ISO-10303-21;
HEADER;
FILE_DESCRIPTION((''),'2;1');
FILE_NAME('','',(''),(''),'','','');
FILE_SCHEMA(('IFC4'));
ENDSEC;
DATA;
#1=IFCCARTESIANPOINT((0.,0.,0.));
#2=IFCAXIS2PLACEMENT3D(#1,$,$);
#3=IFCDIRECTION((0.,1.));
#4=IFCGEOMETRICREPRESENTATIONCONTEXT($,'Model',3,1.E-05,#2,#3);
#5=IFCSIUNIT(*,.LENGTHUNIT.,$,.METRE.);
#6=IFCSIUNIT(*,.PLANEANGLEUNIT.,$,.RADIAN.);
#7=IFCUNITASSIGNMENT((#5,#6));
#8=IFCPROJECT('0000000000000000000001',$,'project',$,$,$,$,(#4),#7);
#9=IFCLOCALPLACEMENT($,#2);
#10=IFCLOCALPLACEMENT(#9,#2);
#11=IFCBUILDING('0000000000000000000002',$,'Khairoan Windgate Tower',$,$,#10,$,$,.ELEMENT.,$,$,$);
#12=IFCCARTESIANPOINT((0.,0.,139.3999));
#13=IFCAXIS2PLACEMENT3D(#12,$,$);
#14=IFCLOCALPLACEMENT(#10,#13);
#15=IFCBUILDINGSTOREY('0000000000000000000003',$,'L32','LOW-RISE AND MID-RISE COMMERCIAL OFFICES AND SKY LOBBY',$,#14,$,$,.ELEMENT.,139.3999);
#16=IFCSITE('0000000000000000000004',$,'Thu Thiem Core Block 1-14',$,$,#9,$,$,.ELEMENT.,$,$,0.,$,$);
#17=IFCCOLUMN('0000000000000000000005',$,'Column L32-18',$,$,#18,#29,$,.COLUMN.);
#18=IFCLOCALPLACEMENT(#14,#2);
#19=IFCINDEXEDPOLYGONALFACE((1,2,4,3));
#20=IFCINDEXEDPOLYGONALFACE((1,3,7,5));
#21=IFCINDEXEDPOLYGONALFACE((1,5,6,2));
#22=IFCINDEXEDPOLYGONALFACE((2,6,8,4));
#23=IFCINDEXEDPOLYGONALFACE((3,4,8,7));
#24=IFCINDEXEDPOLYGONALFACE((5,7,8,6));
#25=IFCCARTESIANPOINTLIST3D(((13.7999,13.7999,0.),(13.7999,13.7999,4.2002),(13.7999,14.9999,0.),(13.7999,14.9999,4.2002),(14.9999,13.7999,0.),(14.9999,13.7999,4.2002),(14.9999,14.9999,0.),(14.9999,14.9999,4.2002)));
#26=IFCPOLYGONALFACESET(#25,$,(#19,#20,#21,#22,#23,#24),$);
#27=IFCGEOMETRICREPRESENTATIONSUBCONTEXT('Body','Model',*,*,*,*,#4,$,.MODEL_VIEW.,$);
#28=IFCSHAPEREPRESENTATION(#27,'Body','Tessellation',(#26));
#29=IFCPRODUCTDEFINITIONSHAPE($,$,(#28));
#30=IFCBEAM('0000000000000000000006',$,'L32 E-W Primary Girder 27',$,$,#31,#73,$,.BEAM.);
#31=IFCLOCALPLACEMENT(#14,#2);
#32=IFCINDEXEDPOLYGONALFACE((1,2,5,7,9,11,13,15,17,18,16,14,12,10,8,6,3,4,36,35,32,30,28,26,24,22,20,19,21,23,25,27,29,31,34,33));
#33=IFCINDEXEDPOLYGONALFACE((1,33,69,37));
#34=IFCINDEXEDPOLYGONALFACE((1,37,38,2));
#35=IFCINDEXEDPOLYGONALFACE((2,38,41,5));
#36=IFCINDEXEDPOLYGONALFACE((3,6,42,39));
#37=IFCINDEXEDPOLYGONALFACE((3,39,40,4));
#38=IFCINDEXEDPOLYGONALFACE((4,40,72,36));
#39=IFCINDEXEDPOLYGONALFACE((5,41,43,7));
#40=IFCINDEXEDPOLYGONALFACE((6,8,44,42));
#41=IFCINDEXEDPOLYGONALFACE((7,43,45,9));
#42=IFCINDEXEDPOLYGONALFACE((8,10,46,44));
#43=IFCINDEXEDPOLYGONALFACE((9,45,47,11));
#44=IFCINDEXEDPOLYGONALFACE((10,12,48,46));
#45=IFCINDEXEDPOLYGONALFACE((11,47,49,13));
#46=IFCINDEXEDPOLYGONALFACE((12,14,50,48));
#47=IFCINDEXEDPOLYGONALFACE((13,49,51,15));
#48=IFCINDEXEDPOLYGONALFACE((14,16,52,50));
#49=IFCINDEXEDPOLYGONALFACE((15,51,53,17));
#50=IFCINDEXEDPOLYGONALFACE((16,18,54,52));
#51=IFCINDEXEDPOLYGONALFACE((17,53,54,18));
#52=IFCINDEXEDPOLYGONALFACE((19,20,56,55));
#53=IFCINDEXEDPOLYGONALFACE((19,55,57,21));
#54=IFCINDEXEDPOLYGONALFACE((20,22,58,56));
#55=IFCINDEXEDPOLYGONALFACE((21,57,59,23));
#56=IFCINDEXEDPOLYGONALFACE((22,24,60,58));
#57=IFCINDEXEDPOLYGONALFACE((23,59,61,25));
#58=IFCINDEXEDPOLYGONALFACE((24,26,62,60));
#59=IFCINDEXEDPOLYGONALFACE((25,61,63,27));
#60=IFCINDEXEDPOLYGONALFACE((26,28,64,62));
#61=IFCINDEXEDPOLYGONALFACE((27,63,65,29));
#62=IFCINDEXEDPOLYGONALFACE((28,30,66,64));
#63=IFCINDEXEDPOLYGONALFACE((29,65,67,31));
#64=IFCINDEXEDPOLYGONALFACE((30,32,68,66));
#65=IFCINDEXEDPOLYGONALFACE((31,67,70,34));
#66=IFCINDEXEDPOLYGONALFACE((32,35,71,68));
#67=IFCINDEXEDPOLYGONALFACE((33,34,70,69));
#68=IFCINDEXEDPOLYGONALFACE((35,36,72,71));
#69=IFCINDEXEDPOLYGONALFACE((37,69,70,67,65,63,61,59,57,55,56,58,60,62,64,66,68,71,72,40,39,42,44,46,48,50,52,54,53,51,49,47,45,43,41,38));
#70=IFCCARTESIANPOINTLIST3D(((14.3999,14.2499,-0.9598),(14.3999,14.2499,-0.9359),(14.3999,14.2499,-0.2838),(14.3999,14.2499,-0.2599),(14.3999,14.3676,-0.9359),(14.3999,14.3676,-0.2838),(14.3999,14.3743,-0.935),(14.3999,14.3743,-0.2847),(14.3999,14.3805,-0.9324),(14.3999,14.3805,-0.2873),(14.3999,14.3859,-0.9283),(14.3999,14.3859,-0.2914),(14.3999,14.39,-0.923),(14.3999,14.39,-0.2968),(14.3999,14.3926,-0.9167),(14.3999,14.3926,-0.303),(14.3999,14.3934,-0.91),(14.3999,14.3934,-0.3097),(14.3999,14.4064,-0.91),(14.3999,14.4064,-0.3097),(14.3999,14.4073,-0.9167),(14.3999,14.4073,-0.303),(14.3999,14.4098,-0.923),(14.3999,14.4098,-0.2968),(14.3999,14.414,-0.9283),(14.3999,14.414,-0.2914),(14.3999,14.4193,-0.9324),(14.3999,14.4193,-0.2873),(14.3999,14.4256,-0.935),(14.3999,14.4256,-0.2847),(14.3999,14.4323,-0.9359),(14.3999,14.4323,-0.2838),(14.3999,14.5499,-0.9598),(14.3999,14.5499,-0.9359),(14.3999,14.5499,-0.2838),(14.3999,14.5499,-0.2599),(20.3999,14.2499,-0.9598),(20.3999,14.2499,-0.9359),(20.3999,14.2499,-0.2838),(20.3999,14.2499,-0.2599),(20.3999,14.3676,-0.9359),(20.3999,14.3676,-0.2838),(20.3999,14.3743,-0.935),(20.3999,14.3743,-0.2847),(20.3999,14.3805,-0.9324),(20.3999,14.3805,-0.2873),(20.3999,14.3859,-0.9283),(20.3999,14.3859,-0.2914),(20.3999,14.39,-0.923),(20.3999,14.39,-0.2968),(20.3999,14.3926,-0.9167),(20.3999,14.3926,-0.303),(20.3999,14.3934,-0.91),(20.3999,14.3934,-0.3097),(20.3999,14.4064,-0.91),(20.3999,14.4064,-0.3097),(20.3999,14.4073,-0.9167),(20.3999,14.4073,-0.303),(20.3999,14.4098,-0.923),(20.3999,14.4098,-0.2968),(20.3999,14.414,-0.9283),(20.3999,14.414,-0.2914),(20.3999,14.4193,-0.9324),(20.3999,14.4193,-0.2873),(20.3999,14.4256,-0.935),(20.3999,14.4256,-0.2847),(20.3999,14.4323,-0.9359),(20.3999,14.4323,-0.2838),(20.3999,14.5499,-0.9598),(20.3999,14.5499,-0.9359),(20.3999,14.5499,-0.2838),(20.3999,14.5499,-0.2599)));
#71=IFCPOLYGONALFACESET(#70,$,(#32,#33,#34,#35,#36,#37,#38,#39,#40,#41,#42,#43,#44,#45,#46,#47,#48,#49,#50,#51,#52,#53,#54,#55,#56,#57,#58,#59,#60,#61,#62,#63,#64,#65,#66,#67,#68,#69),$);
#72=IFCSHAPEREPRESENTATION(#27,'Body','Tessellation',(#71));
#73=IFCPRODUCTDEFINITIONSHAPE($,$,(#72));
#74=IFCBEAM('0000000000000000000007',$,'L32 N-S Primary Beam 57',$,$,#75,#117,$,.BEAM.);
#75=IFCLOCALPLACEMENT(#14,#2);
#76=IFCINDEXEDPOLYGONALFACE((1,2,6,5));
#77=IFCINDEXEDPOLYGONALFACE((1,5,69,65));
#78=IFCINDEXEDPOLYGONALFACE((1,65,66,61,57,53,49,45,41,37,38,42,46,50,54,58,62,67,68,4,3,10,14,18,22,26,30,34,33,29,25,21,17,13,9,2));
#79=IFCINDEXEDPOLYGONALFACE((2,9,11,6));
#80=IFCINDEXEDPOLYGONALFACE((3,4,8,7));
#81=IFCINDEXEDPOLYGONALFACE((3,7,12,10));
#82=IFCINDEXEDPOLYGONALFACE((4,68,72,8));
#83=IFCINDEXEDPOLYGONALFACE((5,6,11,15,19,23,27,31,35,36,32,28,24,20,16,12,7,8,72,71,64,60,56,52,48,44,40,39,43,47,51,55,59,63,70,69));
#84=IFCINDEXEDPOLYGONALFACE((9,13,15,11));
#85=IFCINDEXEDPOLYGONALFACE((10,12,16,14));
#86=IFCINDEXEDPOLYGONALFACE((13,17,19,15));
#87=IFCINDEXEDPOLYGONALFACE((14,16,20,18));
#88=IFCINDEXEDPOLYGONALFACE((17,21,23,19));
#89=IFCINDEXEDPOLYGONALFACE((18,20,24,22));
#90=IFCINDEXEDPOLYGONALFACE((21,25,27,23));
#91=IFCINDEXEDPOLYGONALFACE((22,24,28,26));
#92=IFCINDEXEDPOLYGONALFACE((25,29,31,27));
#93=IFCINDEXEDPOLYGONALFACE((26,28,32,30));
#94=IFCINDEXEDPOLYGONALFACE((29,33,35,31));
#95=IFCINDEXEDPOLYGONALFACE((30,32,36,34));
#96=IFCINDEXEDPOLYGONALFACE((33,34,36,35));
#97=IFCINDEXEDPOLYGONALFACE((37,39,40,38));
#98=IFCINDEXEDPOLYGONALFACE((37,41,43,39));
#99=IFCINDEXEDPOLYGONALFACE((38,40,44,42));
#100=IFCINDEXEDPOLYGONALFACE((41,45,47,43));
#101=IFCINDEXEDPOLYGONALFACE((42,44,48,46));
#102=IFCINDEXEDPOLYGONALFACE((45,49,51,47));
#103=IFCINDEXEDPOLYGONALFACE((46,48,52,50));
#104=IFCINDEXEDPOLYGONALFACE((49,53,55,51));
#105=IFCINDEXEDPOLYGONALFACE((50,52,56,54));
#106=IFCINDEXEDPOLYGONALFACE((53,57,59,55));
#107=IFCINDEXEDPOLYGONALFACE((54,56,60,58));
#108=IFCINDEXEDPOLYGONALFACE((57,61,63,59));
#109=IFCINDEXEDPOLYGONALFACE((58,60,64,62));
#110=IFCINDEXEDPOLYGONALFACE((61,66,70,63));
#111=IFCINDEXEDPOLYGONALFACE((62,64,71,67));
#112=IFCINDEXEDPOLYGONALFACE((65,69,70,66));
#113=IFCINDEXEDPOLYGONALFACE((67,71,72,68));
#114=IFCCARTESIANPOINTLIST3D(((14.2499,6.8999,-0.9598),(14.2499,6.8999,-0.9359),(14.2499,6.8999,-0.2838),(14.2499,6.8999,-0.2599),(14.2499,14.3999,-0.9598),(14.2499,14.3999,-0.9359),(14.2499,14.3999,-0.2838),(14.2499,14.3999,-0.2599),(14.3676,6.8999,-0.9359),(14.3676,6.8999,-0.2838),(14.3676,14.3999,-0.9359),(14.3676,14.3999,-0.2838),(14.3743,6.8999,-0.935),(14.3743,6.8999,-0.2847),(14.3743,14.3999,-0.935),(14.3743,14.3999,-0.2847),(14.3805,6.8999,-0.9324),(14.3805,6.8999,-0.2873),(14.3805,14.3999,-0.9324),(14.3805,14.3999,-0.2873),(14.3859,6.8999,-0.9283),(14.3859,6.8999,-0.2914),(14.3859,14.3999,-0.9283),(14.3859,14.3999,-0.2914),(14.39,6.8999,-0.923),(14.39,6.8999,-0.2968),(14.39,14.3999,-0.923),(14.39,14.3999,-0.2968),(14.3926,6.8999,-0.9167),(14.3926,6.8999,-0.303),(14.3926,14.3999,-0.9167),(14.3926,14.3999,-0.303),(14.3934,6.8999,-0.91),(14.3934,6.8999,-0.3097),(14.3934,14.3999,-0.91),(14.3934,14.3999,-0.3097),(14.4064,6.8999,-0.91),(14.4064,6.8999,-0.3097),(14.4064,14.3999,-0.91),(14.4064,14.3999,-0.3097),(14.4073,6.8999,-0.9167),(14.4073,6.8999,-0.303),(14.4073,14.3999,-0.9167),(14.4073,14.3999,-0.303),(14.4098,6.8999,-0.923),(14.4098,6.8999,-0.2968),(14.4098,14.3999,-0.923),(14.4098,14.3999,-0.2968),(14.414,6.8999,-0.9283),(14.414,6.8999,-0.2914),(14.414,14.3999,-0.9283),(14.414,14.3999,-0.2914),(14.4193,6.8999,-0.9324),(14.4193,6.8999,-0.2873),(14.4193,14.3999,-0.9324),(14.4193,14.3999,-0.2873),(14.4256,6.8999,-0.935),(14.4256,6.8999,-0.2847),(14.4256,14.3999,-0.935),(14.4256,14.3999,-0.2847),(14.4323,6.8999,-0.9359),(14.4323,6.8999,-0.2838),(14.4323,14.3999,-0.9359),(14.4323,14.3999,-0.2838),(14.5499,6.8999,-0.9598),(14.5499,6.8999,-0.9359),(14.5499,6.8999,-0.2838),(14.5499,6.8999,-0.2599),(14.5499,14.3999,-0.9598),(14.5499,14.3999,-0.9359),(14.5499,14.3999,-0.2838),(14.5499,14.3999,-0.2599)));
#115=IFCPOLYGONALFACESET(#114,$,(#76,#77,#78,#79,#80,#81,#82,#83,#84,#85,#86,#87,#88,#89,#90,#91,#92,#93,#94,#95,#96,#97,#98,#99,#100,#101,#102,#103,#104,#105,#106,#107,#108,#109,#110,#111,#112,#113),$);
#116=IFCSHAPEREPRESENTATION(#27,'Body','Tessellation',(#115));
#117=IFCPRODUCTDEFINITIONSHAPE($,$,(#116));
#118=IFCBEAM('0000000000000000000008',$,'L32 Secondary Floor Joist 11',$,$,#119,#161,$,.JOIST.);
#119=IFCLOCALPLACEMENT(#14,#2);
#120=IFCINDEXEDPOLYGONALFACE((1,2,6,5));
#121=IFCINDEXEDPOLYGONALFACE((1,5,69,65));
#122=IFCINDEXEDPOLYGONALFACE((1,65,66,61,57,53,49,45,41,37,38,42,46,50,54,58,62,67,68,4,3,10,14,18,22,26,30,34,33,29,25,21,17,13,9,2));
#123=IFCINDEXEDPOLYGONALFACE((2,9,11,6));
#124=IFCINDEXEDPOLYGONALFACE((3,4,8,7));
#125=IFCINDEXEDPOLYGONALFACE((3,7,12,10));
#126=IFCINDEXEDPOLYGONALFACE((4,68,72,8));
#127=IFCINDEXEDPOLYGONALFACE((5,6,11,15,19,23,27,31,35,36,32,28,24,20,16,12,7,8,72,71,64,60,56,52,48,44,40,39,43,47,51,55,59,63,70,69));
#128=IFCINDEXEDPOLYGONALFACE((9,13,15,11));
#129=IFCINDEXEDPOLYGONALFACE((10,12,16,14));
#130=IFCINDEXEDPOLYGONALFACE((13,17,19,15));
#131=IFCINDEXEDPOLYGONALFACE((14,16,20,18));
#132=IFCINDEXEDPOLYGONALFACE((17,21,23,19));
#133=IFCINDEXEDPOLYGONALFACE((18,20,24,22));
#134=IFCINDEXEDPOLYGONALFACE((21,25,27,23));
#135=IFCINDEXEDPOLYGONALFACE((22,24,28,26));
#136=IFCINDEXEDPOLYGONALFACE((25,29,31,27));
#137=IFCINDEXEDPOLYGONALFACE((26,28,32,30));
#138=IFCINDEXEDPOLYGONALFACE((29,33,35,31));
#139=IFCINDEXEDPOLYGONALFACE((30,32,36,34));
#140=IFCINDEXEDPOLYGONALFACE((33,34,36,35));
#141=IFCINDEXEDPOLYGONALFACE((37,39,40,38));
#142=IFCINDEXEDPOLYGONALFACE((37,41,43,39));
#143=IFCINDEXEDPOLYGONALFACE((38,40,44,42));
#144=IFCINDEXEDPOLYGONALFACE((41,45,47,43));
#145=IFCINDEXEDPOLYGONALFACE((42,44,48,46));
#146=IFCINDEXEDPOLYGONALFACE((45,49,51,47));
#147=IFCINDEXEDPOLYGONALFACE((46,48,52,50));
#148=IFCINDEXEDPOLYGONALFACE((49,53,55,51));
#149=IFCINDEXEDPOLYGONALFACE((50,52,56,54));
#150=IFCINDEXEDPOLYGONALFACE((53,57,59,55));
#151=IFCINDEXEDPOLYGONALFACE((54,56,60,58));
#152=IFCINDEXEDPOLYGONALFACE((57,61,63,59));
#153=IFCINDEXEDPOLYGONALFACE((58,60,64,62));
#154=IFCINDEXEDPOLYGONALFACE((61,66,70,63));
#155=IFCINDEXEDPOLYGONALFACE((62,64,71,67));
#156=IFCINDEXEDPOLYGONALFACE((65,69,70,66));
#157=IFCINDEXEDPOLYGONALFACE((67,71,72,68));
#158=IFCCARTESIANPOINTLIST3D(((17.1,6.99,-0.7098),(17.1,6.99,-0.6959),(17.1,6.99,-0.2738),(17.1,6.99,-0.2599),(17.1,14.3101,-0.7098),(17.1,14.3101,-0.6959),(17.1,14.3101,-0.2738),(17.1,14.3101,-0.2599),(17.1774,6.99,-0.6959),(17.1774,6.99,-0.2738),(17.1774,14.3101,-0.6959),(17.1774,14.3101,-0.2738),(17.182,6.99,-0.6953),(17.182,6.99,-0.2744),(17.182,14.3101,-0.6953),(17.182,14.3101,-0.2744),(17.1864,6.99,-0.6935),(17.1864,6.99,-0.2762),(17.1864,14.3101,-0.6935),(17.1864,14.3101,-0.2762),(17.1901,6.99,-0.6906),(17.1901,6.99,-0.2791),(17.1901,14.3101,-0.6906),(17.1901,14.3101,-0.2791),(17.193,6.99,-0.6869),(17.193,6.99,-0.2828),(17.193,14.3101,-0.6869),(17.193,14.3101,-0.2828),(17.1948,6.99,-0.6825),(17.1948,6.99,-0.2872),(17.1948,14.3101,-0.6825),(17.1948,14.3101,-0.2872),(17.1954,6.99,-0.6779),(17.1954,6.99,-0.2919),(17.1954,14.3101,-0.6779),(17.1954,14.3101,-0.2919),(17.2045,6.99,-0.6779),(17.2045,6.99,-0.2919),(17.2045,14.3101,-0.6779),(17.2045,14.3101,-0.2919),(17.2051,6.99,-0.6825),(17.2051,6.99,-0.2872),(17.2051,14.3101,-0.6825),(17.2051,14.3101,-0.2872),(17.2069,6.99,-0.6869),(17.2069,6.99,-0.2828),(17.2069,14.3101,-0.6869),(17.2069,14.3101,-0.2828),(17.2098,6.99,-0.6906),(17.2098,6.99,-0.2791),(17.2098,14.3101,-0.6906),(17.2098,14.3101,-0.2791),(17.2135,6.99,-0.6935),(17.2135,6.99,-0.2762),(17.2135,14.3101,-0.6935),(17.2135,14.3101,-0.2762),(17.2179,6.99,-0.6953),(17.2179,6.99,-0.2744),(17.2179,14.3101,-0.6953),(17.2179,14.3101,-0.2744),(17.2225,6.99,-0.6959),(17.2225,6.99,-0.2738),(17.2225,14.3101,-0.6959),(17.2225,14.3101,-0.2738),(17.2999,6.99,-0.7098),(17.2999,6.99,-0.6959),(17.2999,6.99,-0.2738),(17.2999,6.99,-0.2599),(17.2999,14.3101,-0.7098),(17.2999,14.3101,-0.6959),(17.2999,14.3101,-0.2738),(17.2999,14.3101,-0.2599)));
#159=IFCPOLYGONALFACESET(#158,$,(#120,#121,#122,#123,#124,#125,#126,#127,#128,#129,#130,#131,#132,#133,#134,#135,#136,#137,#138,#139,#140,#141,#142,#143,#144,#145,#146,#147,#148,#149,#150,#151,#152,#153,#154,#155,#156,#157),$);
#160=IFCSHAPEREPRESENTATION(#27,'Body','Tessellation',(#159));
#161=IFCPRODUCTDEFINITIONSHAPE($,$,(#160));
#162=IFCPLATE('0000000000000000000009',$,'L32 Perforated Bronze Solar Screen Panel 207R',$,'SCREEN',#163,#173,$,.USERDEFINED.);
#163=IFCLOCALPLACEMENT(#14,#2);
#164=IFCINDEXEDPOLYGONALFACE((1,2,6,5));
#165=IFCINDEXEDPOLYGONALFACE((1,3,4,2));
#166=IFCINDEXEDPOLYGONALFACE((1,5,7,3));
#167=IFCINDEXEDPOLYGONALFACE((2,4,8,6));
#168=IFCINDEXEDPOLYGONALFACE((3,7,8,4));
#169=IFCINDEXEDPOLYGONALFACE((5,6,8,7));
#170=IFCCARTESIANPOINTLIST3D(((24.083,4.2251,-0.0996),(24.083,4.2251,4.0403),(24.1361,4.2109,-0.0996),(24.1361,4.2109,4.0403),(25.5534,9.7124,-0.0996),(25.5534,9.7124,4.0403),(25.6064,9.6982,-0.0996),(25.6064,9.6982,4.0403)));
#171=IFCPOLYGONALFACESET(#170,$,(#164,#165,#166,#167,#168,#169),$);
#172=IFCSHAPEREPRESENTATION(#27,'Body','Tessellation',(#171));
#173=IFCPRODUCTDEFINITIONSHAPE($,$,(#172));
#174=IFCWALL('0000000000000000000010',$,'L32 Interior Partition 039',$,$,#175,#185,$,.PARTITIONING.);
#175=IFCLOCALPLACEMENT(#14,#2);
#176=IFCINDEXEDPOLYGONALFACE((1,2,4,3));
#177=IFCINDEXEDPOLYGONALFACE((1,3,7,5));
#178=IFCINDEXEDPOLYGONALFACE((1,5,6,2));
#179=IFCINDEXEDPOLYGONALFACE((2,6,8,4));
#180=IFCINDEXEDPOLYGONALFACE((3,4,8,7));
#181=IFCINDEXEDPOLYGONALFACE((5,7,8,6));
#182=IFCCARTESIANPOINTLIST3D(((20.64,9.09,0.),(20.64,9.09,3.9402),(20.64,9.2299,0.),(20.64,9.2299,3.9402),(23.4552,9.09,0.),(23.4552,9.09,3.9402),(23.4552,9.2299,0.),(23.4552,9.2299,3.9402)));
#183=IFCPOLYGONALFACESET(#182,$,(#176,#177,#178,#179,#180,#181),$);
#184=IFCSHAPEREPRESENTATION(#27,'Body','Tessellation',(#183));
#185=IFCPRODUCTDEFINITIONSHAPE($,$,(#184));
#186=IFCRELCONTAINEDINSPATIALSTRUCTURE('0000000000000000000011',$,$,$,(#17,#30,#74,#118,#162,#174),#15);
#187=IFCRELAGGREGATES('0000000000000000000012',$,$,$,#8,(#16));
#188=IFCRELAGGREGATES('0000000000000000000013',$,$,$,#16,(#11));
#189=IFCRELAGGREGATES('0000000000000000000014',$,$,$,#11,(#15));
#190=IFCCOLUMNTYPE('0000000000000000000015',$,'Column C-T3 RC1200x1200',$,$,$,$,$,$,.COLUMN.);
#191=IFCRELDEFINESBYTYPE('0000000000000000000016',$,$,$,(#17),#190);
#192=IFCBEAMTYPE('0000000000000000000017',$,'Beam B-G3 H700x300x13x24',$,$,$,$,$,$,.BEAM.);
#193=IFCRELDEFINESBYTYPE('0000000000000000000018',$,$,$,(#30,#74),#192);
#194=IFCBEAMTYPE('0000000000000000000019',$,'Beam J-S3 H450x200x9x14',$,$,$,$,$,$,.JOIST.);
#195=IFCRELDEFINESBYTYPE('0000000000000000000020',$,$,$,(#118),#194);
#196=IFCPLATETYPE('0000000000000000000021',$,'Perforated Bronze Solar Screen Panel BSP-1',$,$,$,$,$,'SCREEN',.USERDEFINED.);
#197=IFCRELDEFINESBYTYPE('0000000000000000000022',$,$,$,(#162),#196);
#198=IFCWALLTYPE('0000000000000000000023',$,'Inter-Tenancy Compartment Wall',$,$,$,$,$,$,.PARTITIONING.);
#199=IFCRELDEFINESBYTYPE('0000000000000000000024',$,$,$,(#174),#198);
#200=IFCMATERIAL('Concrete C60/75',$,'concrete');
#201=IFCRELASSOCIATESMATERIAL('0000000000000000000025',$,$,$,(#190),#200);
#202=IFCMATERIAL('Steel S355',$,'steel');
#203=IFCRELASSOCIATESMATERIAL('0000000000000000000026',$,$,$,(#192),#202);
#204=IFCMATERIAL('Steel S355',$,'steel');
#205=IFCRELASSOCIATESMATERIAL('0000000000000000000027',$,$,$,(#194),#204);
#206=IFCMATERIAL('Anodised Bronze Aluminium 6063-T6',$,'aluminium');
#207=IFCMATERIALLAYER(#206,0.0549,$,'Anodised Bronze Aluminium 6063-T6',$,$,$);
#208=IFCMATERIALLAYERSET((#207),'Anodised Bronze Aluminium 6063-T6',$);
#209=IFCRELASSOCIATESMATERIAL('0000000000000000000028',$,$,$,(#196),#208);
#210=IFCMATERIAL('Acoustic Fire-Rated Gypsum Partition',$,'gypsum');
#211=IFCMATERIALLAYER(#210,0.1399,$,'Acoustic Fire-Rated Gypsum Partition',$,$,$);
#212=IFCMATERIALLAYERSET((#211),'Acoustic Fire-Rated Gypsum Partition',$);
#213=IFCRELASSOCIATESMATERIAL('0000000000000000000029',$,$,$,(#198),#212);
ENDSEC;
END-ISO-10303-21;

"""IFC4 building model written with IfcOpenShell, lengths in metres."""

from ifc_helpers import new_model, si_unit, direction, frame, frame_2d, origin, origin_2d, place, context, subcontext, project, spatial, rectangle, i_section, extrude, material, layer, layer_set, material_profile, profile_set, type_object, element, save


model = new_model("IFC4")

# Units and contexts
model_context = context("Model", 3, precision=1e-05, world=origin(), true_north=direction((0.0, 1.0)))
body_context = subcontext(model_context, "Body", "Model", "MODEL_VIEW")
ifc_project = project(units=[si_unit("LENGTHUNIT", "METRE"), si_unit("PLANEANGLEUNIT", "RADIAN")], contexts=[model_context])

# Site, building, storey
site_placement = place(None, origin())
site = spatial("IfcSite", under=ifc_project, at=site_placement, Name="Thu Thiem Core Block 1-14", CompositionType="ELEMENT", RefElevation=0.0)
building_placement = place(site_placement, origin())
building = spatial("IfcBuilding", under=site, at=building_placement, Name="Khairoan Windgate Tower", CompositionType="ELEMENT")
storey_placement = place(building_placement, frame((0.0, 0.0, 139.3999)))
storey = spatial("IfcBuildingStorey", under=building, at=storey_placement, Name="L32", Description="LOW-RISE AND MID-RISE COMMERCIAL OFFICES AND SKY LOBBY", CompositionType="ELEMENT", Elevation=139.3999)

# Column
ifc_material_1 = material(Name="Concrete C60/75", Category="concrete")
ifc_material_profile_1 = material_profile(ifc_material_1, rectangle(XDim=1.2, YDim=1.2, at=origin_2d()))
ifc_profile_set_1 = profile_set([ifc_material_profile_1], Name="Concrete C60/75")
column_type = type_object("IfcColumnType", Name="Column C-T3 RC1200x1200", PredefinedType="COLUMN", material=ifc_profile_set_1)
column_placement = place(storey_placement, frame((14.3999, 14.3999, 0.0), z_axis=(0.0, 0.0, 1.0), x_axis=(1.0, 0.0, 0.0)))
element("IfcColumn", 1, at=column_placement, inside=storey, type_object=column_type, Name="Column L32-18", PredefinedType="COLUMN", context=body_context, shape_type="SweptSolid", body=[
    extrude(rectangle(XDim=1.2, YDim=1.2, at=origin_2d()), origin(), (0.0, 0.0, 1.0), 4.2002),
])

# Beams
ifc_material_2 = material(Name="Steel S355", Category="steel")
ifc_material_profile_2 = material_profile(ifc_material_2, i_section(OverallWidth=0.3, OverallDepth=0.7, WebThickness=0.0129, FlangeThickness=0.0239, FilletRadius=0.0259, at=origin_2d()))
ifc_profile_set_2 = profile_set([ifc_material_profile_2], Name="Steel S355")
beam_type_1 = type_object("IfcBeamType", Name="Beam B-G3 H700x300x13x24", PredefinedType="BEAM", material=ifc_profile_set_2)
beam_1_placement = place(storey_placement, frame((14.3999, 14.3999, -0.6099), z_axis=(1.0, 0.0, 0.0), x_axis=(0.0, 1.0, 0.0)))
element("IfcBeam", 2, at=beam_1_placement, inside=storey, type_object=beam_type_1, Name="L32 E-W Primary Girder 27", PredefinedType="BEAM", context=body_context, shape_type="SweptSolid", body=[
    extrude(i_section(OverallWidth=0.3, OverallDepth=0.7, WebThickness=0.0129, FlangeThickness=0.0239, FilletRadius=0.0259, at=origin_2d()), origin(), (0.0, 0.0, 1.0), 6.0),
])
beam_2_placement = place(storey_placement, frame((14.3999, 6.8999, -0.6099), z_axis=(0.0, 1.0, 0.0), x_axis=(-1.0, 0.0, 0.0)))
element("IfcBeam", 3, at=beam_2_placement, inside=storey, type_object=beam_type_1, Name="L32 N-S Primary Beam 57", PredefinedType="BEAM", context=body_context, shape_type="SweptSolid", body=[
    extrude(i_section(OverallWidth=0.3, OverallDepth=0.7, WebThickness=0.0129, FlangeThickness=0.0239, FilletRadius=0.0259, at=origin_2d()), origin(), (0.0, 0.0, 1.0), 7.5),
])
ifc_material_3 = material(Name="Steel S355", Category="steel")
ifc_material_profile_3 = material_profile(ifc_material_3, i_section(OverallWidth=0.2, OverallDepth=0.45, WebThickness=0.009, FlangeThickness=0.0139, FilletRadius=0.0181, at=origin_2d()))
ifc_profile_set_3 = profile_set([ifc_material_profile_3], Name="Steel S355")
beam_type_2 = type_object("IfcBeamType", Name="Beam J-S3 H450x200x9x14", PredefinedType="JOIST", material=ifc_profile_set_3)
beam_3_placement = place(storey_placement, frame((17.2, 6.99, -0.4849), z_axis=(0.0, 1.0, 0.0), x_axis=(-1.0, 0.0, 0.0)))
element("IfcBeam", 4, at=beam_3_placement, inside=storey, type_object=beam_type_2, Name="L32 Secondary Floor Joist 11", PredefinedType="JOIST", context=body_context, shape_type="SweptSolid", body=[
    extrude(i_section(OverallWidth=0.2, OverallDepth=0.45, WebThickness=0.009, FlangeThickness=0.0139, FilletRadius=0.0181, at=origin_2d()), origin(), (0.0, 0.0, 1.0), 7.3201),
])

# Plate
ifc_material_4 = material(Name="Anodised Bronze Aluminium 6063-T6", Category="aluminium")
ifc_layer_1 = layer(ifc_material_4, 0.0549, Name="Anodised Bronze Aluminium 6063-T6")
ifc_layer_set_1 = layer_set([ifc_layer_1], Name="Anodised Bronze Aluminium 6063-T6")
plate_type = type_object("IfcPlateType", Name="Perforated Bronze Solar Screen Panel BSP-1", ElementType="SCREEN", PredefinedType="USERDEFINED", material=ifc_layer_set_1)
plate_placement = place(storey_placement, frame((24.8447, 6.9617, -0.0996), z_axis=(0.0, 0.0, 1.0), x_axis=(-0.258819, -0.965926, 0.0)))
element("IfcPlate", 5, at=plate_placement, inside=storey, type_object=plate_type, Name="L32 Perforated Bronze Solar Screen Panel 207R", ObjectType="SCREEN", PredefinedType="USERDEFINED", context=body_context, shape_type="SweptSolid", body=[
    extrude(rectangle(XDim=5.6809, YDim=0.0549, at=origin_2d()), origin(), (0.0, 0.0, 1.0), 4.1399),
])

# Wall
ifc_material_5 = material(Name="Acoustic Fire-Rated Gypsum Partition", Category="gypsum")
ifc_layer_2 = layer(ifc_material_5, 0.1399, Name="Acoustic Fire-Rated Gypsum Partition")
ifc_layer_set_2 = layer_set([ifc_layer_2], Name="Acoustic Fire-Rated Gypsum Partition")
wall_type_1 = type_object("IfcWallType", Name="Inter-Tenancy Compartment Wall", PredefinedType="PARTITIONING", material=ifc_layer_set_2)
wall_1_placement = place(storey_placement, frame((20.6399, 9.1599, 0.0), z_axis=(0.0, 0.0, 1.0), x_axis=(1.0, 0.0, 0.0)))
element("IfcWall", 6, at=wall_1_placement, inside=storey, type_object=wall_type_1, Name="L32 Interior Partition 039", PredefinedType="PARTITIONING", context=body_context, shape_type="SweptSolid", body=[
    extrude(rectangle(XDim=2.8152, YDim=0.1399, at=frame_2d((1.4077, 0.0))), origin(), (0.0, 0.0, 1.0), 3.9402),
])

save(model, "model.ifc")
